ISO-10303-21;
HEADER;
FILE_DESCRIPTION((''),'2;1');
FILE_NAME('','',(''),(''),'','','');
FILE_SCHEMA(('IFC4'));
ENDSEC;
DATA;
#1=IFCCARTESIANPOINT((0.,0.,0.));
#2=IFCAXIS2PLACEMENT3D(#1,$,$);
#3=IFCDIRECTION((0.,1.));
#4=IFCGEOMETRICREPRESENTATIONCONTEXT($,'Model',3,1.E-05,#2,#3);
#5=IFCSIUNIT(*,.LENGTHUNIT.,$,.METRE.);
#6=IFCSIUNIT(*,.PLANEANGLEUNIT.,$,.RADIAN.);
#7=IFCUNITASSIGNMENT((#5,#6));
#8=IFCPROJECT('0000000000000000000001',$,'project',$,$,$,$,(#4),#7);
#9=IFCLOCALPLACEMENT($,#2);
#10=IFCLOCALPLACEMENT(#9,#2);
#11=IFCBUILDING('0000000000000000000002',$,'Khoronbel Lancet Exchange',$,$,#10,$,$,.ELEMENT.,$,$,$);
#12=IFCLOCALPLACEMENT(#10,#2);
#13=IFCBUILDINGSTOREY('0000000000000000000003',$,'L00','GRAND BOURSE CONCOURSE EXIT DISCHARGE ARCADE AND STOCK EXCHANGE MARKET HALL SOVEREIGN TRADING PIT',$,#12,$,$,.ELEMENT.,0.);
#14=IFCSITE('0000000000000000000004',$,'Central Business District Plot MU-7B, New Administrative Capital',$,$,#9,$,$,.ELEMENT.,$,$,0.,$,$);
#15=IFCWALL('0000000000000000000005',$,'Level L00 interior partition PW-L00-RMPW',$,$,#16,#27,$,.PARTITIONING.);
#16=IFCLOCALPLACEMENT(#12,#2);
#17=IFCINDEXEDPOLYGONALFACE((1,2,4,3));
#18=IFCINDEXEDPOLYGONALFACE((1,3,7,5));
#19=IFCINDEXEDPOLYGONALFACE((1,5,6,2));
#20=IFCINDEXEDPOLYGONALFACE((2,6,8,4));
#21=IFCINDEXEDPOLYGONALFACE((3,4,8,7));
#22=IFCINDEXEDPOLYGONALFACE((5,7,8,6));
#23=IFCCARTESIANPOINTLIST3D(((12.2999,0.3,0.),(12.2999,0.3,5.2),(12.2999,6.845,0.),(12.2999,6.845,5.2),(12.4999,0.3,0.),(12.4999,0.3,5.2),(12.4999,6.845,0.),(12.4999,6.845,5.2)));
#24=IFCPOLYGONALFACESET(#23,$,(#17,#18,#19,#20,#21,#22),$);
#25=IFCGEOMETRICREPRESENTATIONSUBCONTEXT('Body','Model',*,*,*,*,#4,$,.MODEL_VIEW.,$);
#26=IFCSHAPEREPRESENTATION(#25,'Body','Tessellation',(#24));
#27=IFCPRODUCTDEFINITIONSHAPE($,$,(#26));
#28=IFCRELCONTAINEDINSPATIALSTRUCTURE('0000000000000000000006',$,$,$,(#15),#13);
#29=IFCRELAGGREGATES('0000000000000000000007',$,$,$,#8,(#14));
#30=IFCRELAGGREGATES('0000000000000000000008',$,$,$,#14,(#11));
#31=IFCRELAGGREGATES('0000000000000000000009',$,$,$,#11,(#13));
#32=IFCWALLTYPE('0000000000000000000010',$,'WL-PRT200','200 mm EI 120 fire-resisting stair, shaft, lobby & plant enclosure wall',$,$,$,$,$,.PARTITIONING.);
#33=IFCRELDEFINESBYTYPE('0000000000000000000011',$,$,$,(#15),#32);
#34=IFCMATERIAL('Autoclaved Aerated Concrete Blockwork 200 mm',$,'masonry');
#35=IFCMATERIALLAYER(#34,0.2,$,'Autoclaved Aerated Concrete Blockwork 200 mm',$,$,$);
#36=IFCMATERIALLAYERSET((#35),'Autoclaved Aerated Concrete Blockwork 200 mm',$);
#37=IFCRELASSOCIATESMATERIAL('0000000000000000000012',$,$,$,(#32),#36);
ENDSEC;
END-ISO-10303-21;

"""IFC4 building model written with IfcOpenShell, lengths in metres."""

from ifc_helpers import new_model, si_unit, direction, frame, frame_2d, origin, place, context, subcontext, project, spatial, rectangle, extrude, material, layer, layer_set, type_object, element, save


model = new_model("IFC4")

# Units and contexts
model_context = context("Model", 3, precision=1e-05, world=origin(), true_north=direction((0.0, 1.0)))
body_context = subcontext(model_context, "Body", "Model", "MODEL_VIEW")
ifc_project = project(units=[si_unit("LENGTHUNIT", "METRE"), si_unit("PLANEANGLEUNIT", "RADIAN")], contexts=[model_context])

# Site, building, storey
site_placement = place(None, origin())
site = spatial("IfcSite", under=ifc_project, at=site_placement, Name="Central Business District Plot MU-7B, New Administrative Capital", CompositionType="ELEMENT", RefElevation=0.0)
building_placement = place(site_placement, origin())
building = spatial("IfcBuilding", under=site, at=building_placement, Name="Khoronbel Lancet Exchange", CompositionType="ELEMENT")
storey_placement = place(building_placement, origin())
storey = spatial("IfcBuildingStorey", under=building, at=storey_placement, Name="L00", Description="GRAND BOURSE CONCOURSE EXIT DISCHARGE ARCADE AND STOCK EXCHANGE MARKET HALL SOVEREIGN TRADING PIT", CompositionType="ELEMENT", Elevation=0.0)

# Wall
ifc_material_1 = material(Name="Autoclaved Aerated Concrete Blockwork 200 mm", Category="masonry")
ifc_layer_1 = layer(ifc_material_1, 0.2, Name="Autoclaved Aerated Concrete Blockwork 200 mm")
ifc_layer_set_1 = layer_set([ifc_layer_1], Name="Autoclaved Aerated Concrete Blockwork 200 mm")
wall_type_1 = type_object("IfcWallType", Name="WL-PRT200", Description="200 mm EI 120 fire-resisting stair, shaft, lobby & plant enclosure wall", PredefinedType="PARTITIONING", material=ifc_layer_set_1)
wall_1_placement = place(storey_placement, frame((12.3999, 0.3, 0.0), z_axis=(0.0, 0.0, 1.0), x_axis=(0.0, 1.0, 0.0)))
element("IfcWall", 1, at=wall_1_placement, inside=storey, type_object=wall_type_1, Name="Level L00 interior partition PW-L00-RMPW", PredefinedType="PARTITIONING", context=body_context, shape_type="SweptSolid", body=[
    extrude(rectangle(XDim=6.5449, YDim=0.2, at=frame_2d((3.2725, 0.0))), origin(), (0.0, 0.0, 1.0), 5.2),
])

save(model, "model.ifc")
